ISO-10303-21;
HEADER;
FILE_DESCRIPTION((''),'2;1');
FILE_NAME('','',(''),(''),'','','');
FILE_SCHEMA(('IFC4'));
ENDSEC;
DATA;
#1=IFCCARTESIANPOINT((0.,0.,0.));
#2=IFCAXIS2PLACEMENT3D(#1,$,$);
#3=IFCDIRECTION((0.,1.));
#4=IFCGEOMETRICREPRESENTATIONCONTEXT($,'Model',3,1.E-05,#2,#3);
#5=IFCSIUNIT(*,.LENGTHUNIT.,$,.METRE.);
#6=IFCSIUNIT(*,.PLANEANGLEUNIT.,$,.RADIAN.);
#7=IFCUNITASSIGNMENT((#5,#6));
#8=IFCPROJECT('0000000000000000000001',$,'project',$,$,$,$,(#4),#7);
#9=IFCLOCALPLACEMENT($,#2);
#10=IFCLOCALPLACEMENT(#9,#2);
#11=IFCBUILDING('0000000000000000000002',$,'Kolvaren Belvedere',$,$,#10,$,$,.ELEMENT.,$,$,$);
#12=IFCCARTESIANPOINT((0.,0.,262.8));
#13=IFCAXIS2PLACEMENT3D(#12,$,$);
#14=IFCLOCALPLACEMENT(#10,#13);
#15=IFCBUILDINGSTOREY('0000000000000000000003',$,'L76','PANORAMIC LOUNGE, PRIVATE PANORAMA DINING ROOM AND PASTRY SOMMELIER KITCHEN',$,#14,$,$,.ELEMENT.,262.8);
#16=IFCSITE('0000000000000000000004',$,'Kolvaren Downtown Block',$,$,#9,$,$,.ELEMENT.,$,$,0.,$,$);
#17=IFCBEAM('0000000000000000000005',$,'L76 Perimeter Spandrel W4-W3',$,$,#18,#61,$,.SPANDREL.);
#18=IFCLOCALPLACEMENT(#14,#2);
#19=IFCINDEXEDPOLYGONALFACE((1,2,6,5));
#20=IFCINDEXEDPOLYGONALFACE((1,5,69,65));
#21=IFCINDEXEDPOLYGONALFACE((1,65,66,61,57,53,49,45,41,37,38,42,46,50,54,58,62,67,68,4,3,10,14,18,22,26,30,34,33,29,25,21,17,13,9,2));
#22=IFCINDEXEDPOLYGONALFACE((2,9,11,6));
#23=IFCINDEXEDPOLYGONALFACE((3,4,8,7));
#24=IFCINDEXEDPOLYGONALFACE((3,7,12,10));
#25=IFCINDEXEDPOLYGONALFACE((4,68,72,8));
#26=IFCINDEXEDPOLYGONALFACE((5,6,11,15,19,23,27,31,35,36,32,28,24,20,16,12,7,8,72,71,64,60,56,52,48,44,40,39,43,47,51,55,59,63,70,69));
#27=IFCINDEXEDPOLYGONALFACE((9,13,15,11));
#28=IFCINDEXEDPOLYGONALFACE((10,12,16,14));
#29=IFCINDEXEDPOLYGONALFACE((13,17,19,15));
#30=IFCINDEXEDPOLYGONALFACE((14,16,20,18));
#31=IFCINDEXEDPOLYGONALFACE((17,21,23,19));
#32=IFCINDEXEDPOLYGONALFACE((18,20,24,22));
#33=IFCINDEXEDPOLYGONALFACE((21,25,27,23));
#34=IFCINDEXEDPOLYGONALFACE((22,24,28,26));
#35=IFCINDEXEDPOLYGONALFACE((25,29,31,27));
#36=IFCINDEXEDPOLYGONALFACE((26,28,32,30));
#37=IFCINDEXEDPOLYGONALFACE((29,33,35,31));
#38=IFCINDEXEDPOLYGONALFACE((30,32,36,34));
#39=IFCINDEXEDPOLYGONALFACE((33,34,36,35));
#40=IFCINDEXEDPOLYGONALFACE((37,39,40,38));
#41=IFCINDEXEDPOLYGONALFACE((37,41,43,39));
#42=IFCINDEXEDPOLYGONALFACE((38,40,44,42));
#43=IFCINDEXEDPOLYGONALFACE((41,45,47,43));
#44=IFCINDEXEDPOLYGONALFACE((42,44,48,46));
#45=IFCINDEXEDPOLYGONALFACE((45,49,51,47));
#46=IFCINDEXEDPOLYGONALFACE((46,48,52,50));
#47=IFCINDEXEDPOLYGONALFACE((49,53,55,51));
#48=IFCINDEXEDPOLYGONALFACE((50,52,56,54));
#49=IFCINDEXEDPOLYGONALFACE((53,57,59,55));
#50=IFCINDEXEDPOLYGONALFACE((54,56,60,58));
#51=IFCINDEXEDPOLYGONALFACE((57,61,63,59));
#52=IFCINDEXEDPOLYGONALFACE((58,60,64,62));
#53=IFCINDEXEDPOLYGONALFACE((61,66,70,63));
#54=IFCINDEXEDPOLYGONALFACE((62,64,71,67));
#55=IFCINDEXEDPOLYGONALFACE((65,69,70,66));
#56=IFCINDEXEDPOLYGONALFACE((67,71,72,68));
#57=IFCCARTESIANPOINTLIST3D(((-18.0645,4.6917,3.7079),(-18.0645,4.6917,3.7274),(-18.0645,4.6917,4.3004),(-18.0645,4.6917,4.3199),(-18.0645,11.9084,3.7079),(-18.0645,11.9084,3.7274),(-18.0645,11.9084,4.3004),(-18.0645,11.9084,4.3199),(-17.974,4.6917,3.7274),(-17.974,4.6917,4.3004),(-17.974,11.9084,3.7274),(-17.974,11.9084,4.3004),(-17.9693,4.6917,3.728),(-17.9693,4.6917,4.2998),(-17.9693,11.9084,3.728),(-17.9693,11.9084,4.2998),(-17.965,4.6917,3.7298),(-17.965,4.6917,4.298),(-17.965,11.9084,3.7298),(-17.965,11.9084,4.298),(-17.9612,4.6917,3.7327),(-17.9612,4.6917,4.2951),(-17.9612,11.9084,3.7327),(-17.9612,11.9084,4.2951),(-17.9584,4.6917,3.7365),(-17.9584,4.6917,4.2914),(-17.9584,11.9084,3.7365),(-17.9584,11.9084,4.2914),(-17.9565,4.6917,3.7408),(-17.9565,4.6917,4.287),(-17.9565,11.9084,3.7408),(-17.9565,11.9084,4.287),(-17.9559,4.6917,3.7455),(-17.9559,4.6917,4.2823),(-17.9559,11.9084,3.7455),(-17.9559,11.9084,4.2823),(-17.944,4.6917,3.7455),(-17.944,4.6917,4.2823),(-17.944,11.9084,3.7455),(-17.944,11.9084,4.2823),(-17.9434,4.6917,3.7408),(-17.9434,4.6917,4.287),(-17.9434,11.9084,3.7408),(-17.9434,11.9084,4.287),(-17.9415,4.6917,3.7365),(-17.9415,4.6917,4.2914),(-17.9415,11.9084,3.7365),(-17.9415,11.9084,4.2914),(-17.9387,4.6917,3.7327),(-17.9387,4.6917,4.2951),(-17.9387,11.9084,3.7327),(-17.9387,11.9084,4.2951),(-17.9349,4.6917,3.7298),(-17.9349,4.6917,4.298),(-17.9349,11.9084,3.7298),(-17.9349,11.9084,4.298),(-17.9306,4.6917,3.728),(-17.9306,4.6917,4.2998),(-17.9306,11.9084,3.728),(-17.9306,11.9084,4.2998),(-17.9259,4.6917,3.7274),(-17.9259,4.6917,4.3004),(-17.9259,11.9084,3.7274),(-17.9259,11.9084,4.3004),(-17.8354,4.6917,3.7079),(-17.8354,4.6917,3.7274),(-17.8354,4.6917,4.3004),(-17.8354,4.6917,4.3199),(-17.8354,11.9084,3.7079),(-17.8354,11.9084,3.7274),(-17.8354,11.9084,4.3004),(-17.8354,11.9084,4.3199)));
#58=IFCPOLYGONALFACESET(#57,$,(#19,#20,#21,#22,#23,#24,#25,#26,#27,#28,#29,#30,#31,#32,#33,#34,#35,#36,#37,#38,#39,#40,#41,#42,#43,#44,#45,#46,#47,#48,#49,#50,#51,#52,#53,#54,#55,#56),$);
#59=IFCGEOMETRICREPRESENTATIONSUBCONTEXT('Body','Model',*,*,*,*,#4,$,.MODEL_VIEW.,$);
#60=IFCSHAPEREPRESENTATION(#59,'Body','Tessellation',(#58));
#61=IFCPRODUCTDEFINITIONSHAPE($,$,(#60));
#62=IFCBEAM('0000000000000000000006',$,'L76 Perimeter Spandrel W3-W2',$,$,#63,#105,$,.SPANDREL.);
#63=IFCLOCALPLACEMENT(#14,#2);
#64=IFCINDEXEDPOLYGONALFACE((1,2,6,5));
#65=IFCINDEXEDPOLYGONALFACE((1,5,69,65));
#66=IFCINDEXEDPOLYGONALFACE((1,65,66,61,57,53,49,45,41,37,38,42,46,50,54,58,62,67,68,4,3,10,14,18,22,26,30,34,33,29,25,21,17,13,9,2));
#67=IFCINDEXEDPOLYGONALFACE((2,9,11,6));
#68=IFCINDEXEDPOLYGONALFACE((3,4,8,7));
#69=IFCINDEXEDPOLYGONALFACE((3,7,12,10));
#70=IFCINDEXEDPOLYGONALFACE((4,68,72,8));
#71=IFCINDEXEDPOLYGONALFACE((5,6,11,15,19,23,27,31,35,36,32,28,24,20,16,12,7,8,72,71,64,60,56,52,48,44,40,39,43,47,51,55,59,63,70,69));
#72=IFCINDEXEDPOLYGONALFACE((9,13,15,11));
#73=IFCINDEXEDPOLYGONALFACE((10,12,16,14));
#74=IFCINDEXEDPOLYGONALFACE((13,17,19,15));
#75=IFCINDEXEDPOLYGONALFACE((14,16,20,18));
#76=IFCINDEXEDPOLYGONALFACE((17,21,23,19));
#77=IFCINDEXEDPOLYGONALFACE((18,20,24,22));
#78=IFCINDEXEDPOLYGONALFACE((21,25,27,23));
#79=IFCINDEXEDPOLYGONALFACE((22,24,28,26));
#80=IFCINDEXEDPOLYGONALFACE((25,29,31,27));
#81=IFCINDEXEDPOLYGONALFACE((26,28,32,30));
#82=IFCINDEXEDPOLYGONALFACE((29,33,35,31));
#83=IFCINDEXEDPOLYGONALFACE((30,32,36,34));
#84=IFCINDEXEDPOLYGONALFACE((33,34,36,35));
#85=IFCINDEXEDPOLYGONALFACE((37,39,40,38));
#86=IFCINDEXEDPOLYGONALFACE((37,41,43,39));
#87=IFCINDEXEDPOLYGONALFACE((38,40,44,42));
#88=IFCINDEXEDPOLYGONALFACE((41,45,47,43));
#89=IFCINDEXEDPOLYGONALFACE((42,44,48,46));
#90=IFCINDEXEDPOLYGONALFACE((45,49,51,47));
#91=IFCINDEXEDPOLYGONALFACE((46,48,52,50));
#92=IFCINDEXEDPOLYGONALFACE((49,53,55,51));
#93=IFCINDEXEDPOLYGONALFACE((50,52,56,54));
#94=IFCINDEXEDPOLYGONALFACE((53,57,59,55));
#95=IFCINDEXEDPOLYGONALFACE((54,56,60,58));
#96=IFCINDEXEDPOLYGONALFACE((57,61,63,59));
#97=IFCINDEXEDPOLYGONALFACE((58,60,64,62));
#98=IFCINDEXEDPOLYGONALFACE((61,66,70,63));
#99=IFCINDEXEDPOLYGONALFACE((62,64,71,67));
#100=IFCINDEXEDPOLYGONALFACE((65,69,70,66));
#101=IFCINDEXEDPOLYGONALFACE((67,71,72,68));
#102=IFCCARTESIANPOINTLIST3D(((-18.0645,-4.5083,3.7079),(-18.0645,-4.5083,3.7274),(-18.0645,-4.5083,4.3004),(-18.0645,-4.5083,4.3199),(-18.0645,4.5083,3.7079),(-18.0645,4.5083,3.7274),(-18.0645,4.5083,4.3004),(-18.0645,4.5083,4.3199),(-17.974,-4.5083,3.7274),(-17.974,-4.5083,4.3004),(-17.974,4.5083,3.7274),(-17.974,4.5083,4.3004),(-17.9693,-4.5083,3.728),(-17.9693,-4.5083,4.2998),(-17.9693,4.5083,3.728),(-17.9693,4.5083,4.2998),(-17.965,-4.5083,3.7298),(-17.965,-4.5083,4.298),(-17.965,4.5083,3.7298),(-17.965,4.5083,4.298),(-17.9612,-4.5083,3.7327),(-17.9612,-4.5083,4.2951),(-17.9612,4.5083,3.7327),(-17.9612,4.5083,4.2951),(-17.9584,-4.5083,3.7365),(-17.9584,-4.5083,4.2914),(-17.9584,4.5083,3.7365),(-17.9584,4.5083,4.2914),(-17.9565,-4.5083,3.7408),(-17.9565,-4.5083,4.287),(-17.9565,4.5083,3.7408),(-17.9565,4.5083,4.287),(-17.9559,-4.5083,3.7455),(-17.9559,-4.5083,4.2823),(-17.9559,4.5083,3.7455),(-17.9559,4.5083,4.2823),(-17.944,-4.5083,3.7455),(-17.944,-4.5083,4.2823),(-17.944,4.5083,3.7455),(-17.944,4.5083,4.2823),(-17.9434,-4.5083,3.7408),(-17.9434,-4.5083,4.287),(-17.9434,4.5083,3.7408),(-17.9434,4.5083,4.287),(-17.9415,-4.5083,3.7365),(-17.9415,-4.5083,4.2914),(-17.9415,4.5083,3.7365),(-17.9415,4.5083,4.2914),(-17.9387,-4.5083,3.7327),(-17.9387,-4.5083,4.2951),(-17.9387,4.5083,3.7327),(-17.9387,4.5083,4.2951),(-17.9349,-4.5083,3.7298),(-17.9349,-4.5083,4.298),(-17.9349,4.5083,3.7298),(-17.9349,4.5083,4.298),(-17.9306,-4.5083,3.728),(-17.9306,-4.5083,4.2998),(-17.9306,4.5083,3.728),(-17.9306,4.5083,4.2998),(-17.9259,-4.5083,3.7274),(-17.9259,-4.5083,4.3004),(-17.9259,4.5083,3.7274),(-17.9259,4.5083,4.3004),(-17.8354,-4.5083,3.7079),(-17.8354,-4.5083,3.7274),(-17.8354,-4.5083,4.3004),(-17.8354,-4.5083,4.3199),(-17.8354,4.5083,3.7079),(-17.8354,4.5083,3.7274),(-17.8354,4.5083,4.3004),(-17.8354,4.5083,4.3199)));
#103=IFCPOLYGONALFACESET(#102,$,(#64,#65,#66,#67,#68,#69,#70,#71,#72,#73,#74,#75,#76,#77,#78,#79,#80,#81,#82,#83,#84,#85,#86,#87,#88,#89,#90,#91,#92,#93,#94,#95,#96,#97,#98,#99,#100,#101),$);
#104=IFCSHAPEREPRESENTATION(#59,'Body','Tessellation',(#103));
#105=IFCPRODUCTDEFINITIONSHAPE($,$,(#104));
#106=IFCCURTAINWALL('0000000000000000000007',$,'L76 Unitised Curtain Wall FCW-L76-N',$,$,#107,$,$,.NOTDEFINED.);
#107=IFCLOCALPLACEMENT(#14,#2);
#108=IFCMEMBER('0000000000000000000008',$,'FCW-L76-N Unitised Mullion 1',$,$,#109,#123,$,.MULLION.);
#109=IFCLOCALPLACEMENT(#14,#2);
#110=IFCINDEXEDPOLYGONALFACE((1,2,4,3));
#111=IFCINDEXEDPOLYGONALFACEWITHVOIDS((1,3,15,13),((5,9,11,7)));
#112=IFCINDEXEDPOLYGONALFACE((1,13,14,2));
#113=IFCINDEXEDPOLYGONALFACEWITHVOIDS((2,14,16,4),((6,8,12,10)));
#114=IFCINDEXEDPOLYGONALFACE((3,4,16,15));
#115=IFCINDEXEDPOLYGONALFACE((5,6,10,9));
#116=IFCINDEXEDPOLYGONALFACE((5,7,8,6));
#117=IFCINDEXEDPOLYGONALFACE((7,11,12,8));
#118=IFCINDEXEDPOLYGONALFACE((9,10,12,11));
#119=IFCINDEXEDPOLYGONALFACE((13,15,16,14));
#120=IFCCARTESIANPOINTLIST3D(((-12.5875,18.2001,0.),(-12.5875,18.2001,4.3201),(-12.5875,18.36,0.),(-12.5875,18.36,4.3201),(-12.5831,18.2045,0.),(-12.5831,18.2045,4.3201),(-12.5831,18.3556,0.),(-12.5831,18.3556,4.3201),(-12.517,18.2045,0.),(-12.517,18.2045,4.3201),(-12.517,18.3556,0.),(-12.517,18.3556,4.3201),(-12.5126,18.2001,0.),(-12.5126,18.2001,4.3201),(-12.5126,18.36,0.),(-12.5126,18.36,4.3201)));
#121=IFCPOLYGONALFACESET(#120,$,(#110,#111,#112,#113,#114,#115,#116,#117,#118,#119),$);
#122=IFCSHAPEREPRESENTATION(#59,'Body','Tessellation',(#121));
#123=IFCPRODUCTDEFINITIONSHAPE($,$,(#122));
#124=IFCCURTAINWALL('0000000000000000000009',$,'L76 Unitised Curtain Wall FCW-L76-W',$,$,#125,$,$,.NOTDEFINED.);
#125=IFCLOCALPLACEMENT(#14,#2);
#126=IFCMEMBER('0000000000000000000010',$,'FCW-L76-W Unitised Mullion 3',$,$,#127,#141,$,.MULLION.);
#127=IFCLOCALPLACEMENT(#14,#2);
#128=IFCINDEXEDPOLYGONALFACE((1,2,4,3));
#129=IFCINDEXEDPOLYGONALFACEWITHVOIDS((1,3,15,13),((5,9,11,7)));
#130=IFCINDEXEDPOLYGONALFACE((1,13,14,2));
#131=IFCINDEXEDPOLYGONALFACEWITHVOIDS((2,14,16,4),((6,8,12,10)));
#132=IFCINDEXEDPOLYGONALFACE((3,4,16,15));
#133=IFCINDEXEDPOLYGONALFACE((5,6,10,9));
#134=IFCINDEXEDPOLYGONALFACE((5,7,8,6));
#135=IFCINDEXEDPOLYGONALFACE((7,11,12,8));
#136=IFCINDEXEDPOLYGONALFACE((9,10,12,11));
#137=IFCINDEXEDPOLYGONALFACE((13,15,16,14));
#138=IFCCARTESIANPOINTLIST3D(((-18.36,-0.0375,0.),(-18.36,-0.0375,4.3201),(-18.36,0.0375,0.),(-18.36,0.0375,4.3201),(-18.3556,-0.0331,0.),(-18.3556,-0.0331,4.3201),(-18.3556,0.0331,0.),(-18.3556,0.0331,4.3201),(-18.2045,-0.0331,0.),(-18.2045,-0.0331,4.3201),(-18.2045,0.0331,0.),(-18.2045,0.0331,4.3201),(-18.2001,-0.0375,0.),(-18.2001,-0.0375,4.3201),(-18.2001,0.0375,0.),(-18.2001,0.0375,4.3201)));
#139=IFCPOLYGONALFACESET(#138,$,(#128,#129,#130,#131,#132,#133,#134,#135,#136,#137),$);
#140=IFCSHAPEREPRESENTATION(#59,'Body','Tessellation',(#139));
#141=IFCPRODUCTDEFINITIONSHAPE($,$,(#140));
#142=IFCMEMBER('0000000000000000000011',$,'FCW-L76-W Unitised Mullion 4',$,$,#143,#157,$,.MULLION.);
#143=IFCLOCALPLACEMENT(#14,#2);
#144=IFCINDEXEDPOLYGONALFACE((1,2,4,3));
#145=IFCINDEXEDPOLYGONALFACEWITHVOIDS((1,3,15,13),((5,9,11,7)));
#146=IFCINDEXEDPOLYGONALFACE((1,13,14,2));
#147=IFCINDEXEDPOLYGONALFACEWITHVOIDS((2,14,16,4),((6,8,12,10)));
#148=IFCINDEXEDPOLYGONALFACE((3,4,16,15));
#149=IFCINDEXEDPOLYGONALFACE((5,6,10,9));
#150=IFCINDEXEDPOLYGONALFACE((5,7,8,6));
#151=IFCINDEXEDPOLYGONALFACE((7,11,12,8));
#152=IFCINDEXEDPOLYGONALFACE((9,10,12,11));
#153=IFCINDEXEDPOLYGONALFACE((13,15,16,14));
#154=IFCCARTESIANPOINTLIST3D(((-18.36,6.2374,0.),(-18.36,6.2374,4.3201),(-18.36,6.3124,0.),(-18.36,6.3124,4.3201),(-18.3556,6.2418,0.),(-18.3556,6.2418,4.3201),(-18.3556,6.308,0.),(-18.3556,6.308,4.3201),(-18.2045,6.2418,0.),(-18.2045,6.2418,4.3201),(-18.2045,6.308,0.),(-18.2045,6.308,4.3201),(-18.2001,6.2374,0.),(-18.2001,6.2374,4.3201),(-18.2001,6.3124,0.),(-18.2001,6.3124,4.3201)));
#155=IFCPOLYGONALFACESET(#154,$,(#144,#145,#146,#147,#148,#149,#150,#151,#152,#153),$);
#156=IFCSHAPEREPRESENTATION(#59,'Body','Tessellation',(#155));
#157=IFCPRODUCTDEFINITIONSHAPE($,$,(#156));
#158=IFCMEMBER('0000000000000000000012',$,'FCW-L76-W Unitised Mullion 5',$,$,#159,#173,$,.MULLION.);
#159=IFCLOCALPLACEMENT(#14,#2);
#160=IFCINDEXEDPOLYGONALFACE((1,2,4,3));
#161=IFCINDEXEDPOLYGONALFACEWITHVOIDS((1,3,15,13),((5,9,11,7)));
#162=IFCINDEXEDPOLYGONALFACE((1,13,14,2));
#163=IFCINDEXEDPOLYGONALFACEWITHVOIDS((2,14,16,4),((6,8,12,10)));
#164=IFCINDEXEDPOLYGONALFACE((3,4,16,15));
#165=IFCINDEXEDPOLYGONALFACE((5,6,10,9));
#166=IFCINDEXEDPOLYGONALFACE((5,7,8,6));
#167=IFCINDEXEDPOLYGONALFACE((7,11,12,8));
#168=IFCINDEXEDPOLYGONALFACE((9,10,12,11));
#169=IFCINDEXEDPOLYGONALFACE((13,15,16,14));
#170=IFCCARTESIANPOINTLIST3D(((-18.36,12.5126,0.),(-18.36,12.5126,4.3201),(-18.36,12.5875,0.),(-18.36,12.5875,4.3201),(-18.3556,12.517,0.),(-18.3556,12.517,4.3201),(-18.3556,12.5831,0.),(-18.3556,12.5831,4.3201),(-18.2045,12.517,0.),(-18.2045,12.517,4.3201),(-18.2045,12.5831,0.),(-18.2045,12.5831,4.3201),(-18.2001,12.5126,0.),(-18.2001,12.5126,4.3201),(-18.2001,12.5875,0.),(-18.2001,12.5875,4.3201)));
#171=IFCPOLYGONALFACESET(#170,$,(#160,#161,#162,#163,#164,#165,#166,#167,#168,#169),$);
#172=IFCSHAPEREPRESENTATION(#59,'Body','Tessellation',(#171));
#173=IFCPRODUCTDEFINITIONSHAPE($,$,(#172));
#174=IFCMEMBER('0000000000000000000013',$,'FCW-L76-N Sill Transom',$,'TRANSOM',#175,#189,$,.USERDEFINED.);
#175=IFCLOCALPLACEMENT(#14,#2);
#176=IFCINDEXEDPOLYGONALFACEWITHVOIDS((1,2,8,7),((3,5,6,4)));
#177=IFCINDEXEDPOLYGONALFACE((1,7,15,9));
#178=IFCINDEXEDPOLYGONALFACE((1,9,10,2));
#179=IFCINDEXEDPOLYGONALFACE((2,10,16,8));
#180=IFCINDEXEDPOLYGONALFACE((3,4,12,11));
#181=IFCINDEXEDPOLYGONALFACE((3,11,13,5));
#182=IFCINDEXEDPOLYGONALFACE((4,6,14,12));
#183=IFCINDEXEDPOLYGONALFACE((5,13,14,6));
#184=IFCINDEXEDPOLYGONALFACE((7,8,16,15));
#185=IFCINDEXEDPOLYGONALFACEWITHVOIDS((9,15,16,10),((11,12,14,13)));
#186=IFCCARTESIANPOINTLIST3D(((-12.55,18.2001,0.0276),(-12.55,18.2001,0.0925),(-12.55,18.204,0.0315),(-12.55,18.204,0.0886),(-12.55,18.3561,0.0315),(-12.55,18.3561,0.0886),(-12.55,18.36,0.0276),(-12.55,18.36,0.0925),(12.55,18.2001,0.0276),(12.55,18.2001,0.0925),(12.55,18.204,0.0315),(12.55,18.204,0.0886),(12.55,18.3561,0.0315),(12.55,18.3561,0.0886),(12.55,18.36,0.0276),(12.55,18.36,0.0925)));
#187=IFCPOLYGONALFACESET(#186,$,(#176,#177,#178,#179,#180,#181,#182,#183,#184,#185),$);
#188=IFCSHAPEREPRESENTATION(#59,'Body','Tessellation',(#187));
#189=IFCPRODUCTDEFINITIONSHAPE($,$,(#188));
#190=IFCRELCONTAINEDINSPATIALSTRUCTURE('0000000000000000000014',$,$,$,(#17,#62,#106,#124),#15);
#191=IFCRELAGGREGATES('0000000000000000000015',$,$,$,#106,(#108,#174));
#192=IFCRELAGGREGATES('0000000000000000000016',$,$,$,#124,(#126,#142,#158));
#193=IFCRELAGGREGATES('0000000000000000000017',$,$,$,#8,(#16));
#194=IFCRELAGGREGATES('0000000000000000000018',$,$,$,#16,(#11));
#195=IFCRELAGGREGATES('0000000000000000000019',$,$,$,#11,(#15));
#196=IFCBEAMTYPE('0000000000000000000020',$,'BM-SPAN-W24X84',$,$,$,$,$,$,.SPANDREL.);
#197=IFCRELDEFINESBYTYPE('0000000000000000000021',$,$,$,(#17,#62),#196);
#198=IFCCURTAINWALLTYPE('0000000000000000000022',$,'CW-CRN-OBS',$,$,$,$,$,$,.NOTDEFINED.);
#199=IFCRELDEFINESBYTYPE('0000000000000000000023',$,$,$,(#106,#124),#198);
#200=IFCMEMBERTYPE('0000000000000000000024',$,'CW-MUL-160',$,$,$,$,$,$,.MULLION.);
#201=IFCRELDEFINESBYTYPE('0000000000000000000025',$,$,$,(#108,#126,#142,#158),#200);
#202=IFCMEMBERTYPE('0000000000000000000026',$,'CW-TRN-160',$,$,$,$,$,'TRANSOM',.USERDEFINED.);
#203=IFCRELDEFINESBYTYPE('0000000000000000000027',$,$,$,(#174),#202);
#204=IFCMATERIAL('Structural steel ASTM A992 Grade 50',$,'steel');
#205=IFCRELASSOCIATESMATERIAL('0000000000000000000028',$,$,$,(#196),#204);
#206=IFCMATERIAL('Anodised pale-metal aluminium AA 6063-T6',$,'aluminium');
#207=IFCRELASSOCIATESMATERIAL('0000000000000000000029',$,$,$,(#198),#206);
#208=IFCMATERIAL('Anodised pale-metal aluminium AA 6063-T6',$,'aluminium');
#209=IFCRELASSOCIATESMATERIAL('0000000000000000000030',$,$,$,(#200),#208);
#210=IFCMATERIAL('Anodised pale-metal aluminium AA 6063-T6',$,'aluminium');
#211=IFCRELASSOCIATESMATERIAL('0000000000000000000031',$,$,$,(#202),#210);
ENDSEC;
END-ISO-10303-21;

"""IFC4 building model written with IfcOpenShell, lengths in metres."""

from ifc_helpers import new_model, si_unit, direction, frame, origin, origin_2d, place, context, subcontext, project, spatial, hollow_rectangle, i_section, extrude, material, material_profile, profile_set, type_object, element, aggregate, save


model = new_model("IFC4")

# Units and contexts
model_context = context("Model", 3, precision=1e-05, world=origin(), true_north=direction((0.0, 1.0)))
body_context = subcontext(model_context, "Body", "Model", "MODEL_VIEW")
ifc_project = project(units=[si_unit("LENGTHUNIT", "METRE"), si_unit("PLANEANGLEUNIT", "RADIAN")], contexts=[model_context])

# Site, building, storey
site_placement = place(None, origin())
site = spatial("IfcSite", under=ifc_project, at=site_placement, Name="Kolvaren Downtown Block", CompositionType="ELEMENT", RefElevation=0.0)
building_placement = place(site_placement, origin())
building = spatial("IfcBuilding", under=site, at=building_placement, Name="Kolvaren Belvedere", CompositionType="ELEMENT")
storey_placement = place(building_placement, frame((0.0, 0.0, 262.8)))
storey = spatial("IfcBuildingStorey", under=building, at=storey_placement, Name="L76", Description="PANORAMIC LOUNGE, PRIVATE PANORAMA DINING ROOM AND PASTRY SOMMELIER KITCHEN", CompositionType="ELEMENT", Elevation=262.8)

# Beams
ifc_material_1 = material(Name="Structural steel ASTM A992 Grade 50", Category="steel")
ifc_material_profile_1 = material_profile(ifc_material_1, i_section(OverallWidth=0.229, OverallDepth=0.6121, WebThickness=0.012, FlangeThickness=0.0195, FilletRadius=0.0181, at=origin_2d()), Name="W24X84")
ifc_profile_set_1 = profile_set([ifc_material_profile_1], Name="Structural steel ASTM A992 Grade 50")
beam_type_1 = type_object("IfcBeamType", Name="BM-SPAN-W24X84", PredefinedType="SPANDREL", material=ifc_profile_set_1)
beam_1_placement = place(storey_placement, frame((-17.95, 11.9084, 4.0139), z_axis=(0.0, -1.0, 0.0), x_axis=(1.0, 0.0, 0.0)))
element("IfcBeam", 1, at=beam_1_placement, inside=storey, type_object=beam_type_1, Name="L76 Perimeter Spandrel W4-W3", PredefinedType="SPANDREL", context=body_context, shape_type="SweptSolid", body=[
    extrude(i_section(OverallWidth=0.229, OverallDepth=0.6121, WebThickness=0.012, FlangeThickness=0.0195, FilletRadius=0.0181, at=origin_2d()), origin(), (0.0, 0.0, 1.0), 7.2168),
])
beam_2_placement = place(storey_placement, frame((-17.95, 4.5083, 4.0139), z_axis=(0.0, -1.0, 0.0), x_axis=(1.0, 0.0, 0.0)))
element("IfcBeam", 2, at=beam_2_placement, inside=storey, type_object=beam_type_1, Name="L76 Perimeter Spandrel W3-W2", PredefinedType="SPANDREL", context=body_context, shape_type="SweptSolid", body=[
    extrude(i_section(OverallWidth=0.229, OverallDepth=0.6121, WebThickness=0.012, FlangeThickness=0.0195, FilletRadius=0.0181, at=origin_2d()), origin(), (0.0, 0.0, 1.0), 9.0166),
])

# Curtain wall, member
ifc_material_2 = material(Name="Anodised pale-metal aluminium AA 6063-T6", Category="aluminium")
curtain_wall_type = type_object("IfcCurtainWallType", Name="CW-CRN-OBS", PredefinedType="NOTDEFINED", material=ifc_material_2)
curtain_wall_1_placement = place(storey_placement, origin())
curtain_wall_1 = element("IfcCurtainWall", 3, at=curtain_wall_1_placement, inside=storey, type_object=curtain_wall_type, Name="L76 Unitised Curtain Wall FCW-L76-N", PredefinedType="NOTDEFINED")
ifc_material_3 = material(Name="Anodised pale-metal aluminium AA 6063-T6", Category="aluminium")
ifc_material_profile_2 = material_profile(ifc_material_3, hollow_rectangle(XDim=0.075, YDim=0.1599, WallThickness=0.0044, at=origin_2d()), Name="ALU-MUL-160X75")
ifc_profile_set_2 = profile_set([ifc_material_profile_2], Name="Anodised pale-metal aluminium AA 6063-T6")
member_type_1 = type_object("IfcMemberType", Name="CW-MUL-160", PredefinedType="MULLION", material=ifc_profile_set_2)
member_1_placement = place(storey_placement, frame((-12.55, 18.28, 0.0), z_axis=(0.0, 0.0, 1.0), x_axis=(1.0, 0.0, 0.0)))
member_1 = element("IfcMember", 4, at=member_1_placement, type_object=member_type_1, Name="FCW-L76-N Unitised Mullion 1", PredefinedType="MULLION", context=body_context, shape_type="SweptSolid", body=[
    extrude(hollow_rectangle(XDim=0.075, YDim=0.1599, WallThickness=0.0044, at=origin_2d()), origin(), (0.0, 0.0, 1.0), 4.3201),
])

# Curtain wall, members
curtain_wall_2_placement = place(storey_placement, origin())
curtain_wall_2 = element("IfcCurtainWall", 5, at=curtain_wall_2_placement, inside=storey, type_object=curtain_wall_type, Name="L76 Unitised Curtain Wall FCW-L76-W", PredefinedType="NOTDEFINED")
member_2_placement = place(storey_placement, frame((-18.28, 0.0, 0.0), z_axis=(0.0, 0.0, 1.0), x_axis=(0.0, 1.0, 0.0)))
member_2 = element("IfcMember", 6, at=member_2_placement, type_object=member_type_1, Name="FCW-L76-W Unitised Mullion 3", PredefinedType="MULLION", context=body_context, shape_type="SweptSolid", body=[
    extrude(hollow_rectangle(XDim=0.075, YDim=0.1599, WallThickness=0.0044, at=origin_2d()), origin(), (0.0, 0.0, 1.0), 4.3201),
])
member_3_placement = place(storey_placement, frame((-18.28, 6.2749, 0.0), z_axis=(0.0, 0.0, 1.0), x_axis=(0.0, 1.0, 0.0)))
member_3 = element("IfcMember", 7, at=member_3_placement, type_object=member_type_1, Name="FCW-L76-W Unitised Mullion 4", PredefinedType="MULLION", context=body_context, shape_type="SweptSolid", body=[
    extrude(hollow_rectangle(XDim=0.075, YDim=0.1599, WallThickness=0.0044, at=origin_2d()), origin(), (0.0, 0.0, 1.0), 4.3201),
])
member_4_placement = place(storey_placement, frame((-18.28, 12.55, 0.0), z_axis=(0.0, 0.0, 1.0), x_axis=(0.0, 1.0, 0.0)))
member_4 = element("IfcMember", 8, at=member_4_placement, type_object=member_type_1, Name="FCW-L76-W Unitised Mullion 5", PredefinedType="MULLION", context=body_context, shape_type="SweptSolid", body=[
    extrude(hollow_rectangle(XDim=0.075, YDim=0.1599, WallThickness=0.0044, at=origin_2d()), origin(), (0.0, 0.0, 1.0), 4.3201),
])

# Member
ifc_material_4 = material(Name="Anodised pale-metal aluminium AA 6063-T6", Category="aluminium")
ifc_material_profile_3 = material_profile(ifc_material_4, hollow_rectangle(XDim=0.0649, YDim=0.1599, WallThickness=0.0039, at=origin_2d()), Name="ALU-TRN-160X65")
ifc_profile_set_3 = profile_set([ifc_material_profile_3], Name="Anodised pale-metal aluminium AA 6063-T6")
member_type_2 = type_object("IfcMemberType", Name="CW-TRN-160", ElementType="TRANSOM", PredefinedType="USERDEFINED", material=ifc_profile_set_3)
member_5_placement = place(storey_placement, frame((-12.55, 18.28, 0.0601), z_axis=(1.0, 0.0, 0.0), x_axis=(0.0, 0.0, 1.0)))
member_5 = element("IfcMember", 9, at=member_5_placement, type_object=member_type_2, Name="FCW-L76-N Sill Transom", ObjectType="TRANSOM", PredefinedType="USERDEFINED", context=body_context, shape_type="SweptSolid", body=[
    extrude(hollow_rectangle(XDim=0.0649, YDim=0.1599, WallThickness=0.0039, at=origin_2d()), origin(), (0.0, 0.0, 1.0), 25.1001),
])
aggregate(curtain_wall_1, [member_1, member_5])

aggregate(curtain_wall_2, [member_2, member_3, member_4])

save(model, "model.ifc")
